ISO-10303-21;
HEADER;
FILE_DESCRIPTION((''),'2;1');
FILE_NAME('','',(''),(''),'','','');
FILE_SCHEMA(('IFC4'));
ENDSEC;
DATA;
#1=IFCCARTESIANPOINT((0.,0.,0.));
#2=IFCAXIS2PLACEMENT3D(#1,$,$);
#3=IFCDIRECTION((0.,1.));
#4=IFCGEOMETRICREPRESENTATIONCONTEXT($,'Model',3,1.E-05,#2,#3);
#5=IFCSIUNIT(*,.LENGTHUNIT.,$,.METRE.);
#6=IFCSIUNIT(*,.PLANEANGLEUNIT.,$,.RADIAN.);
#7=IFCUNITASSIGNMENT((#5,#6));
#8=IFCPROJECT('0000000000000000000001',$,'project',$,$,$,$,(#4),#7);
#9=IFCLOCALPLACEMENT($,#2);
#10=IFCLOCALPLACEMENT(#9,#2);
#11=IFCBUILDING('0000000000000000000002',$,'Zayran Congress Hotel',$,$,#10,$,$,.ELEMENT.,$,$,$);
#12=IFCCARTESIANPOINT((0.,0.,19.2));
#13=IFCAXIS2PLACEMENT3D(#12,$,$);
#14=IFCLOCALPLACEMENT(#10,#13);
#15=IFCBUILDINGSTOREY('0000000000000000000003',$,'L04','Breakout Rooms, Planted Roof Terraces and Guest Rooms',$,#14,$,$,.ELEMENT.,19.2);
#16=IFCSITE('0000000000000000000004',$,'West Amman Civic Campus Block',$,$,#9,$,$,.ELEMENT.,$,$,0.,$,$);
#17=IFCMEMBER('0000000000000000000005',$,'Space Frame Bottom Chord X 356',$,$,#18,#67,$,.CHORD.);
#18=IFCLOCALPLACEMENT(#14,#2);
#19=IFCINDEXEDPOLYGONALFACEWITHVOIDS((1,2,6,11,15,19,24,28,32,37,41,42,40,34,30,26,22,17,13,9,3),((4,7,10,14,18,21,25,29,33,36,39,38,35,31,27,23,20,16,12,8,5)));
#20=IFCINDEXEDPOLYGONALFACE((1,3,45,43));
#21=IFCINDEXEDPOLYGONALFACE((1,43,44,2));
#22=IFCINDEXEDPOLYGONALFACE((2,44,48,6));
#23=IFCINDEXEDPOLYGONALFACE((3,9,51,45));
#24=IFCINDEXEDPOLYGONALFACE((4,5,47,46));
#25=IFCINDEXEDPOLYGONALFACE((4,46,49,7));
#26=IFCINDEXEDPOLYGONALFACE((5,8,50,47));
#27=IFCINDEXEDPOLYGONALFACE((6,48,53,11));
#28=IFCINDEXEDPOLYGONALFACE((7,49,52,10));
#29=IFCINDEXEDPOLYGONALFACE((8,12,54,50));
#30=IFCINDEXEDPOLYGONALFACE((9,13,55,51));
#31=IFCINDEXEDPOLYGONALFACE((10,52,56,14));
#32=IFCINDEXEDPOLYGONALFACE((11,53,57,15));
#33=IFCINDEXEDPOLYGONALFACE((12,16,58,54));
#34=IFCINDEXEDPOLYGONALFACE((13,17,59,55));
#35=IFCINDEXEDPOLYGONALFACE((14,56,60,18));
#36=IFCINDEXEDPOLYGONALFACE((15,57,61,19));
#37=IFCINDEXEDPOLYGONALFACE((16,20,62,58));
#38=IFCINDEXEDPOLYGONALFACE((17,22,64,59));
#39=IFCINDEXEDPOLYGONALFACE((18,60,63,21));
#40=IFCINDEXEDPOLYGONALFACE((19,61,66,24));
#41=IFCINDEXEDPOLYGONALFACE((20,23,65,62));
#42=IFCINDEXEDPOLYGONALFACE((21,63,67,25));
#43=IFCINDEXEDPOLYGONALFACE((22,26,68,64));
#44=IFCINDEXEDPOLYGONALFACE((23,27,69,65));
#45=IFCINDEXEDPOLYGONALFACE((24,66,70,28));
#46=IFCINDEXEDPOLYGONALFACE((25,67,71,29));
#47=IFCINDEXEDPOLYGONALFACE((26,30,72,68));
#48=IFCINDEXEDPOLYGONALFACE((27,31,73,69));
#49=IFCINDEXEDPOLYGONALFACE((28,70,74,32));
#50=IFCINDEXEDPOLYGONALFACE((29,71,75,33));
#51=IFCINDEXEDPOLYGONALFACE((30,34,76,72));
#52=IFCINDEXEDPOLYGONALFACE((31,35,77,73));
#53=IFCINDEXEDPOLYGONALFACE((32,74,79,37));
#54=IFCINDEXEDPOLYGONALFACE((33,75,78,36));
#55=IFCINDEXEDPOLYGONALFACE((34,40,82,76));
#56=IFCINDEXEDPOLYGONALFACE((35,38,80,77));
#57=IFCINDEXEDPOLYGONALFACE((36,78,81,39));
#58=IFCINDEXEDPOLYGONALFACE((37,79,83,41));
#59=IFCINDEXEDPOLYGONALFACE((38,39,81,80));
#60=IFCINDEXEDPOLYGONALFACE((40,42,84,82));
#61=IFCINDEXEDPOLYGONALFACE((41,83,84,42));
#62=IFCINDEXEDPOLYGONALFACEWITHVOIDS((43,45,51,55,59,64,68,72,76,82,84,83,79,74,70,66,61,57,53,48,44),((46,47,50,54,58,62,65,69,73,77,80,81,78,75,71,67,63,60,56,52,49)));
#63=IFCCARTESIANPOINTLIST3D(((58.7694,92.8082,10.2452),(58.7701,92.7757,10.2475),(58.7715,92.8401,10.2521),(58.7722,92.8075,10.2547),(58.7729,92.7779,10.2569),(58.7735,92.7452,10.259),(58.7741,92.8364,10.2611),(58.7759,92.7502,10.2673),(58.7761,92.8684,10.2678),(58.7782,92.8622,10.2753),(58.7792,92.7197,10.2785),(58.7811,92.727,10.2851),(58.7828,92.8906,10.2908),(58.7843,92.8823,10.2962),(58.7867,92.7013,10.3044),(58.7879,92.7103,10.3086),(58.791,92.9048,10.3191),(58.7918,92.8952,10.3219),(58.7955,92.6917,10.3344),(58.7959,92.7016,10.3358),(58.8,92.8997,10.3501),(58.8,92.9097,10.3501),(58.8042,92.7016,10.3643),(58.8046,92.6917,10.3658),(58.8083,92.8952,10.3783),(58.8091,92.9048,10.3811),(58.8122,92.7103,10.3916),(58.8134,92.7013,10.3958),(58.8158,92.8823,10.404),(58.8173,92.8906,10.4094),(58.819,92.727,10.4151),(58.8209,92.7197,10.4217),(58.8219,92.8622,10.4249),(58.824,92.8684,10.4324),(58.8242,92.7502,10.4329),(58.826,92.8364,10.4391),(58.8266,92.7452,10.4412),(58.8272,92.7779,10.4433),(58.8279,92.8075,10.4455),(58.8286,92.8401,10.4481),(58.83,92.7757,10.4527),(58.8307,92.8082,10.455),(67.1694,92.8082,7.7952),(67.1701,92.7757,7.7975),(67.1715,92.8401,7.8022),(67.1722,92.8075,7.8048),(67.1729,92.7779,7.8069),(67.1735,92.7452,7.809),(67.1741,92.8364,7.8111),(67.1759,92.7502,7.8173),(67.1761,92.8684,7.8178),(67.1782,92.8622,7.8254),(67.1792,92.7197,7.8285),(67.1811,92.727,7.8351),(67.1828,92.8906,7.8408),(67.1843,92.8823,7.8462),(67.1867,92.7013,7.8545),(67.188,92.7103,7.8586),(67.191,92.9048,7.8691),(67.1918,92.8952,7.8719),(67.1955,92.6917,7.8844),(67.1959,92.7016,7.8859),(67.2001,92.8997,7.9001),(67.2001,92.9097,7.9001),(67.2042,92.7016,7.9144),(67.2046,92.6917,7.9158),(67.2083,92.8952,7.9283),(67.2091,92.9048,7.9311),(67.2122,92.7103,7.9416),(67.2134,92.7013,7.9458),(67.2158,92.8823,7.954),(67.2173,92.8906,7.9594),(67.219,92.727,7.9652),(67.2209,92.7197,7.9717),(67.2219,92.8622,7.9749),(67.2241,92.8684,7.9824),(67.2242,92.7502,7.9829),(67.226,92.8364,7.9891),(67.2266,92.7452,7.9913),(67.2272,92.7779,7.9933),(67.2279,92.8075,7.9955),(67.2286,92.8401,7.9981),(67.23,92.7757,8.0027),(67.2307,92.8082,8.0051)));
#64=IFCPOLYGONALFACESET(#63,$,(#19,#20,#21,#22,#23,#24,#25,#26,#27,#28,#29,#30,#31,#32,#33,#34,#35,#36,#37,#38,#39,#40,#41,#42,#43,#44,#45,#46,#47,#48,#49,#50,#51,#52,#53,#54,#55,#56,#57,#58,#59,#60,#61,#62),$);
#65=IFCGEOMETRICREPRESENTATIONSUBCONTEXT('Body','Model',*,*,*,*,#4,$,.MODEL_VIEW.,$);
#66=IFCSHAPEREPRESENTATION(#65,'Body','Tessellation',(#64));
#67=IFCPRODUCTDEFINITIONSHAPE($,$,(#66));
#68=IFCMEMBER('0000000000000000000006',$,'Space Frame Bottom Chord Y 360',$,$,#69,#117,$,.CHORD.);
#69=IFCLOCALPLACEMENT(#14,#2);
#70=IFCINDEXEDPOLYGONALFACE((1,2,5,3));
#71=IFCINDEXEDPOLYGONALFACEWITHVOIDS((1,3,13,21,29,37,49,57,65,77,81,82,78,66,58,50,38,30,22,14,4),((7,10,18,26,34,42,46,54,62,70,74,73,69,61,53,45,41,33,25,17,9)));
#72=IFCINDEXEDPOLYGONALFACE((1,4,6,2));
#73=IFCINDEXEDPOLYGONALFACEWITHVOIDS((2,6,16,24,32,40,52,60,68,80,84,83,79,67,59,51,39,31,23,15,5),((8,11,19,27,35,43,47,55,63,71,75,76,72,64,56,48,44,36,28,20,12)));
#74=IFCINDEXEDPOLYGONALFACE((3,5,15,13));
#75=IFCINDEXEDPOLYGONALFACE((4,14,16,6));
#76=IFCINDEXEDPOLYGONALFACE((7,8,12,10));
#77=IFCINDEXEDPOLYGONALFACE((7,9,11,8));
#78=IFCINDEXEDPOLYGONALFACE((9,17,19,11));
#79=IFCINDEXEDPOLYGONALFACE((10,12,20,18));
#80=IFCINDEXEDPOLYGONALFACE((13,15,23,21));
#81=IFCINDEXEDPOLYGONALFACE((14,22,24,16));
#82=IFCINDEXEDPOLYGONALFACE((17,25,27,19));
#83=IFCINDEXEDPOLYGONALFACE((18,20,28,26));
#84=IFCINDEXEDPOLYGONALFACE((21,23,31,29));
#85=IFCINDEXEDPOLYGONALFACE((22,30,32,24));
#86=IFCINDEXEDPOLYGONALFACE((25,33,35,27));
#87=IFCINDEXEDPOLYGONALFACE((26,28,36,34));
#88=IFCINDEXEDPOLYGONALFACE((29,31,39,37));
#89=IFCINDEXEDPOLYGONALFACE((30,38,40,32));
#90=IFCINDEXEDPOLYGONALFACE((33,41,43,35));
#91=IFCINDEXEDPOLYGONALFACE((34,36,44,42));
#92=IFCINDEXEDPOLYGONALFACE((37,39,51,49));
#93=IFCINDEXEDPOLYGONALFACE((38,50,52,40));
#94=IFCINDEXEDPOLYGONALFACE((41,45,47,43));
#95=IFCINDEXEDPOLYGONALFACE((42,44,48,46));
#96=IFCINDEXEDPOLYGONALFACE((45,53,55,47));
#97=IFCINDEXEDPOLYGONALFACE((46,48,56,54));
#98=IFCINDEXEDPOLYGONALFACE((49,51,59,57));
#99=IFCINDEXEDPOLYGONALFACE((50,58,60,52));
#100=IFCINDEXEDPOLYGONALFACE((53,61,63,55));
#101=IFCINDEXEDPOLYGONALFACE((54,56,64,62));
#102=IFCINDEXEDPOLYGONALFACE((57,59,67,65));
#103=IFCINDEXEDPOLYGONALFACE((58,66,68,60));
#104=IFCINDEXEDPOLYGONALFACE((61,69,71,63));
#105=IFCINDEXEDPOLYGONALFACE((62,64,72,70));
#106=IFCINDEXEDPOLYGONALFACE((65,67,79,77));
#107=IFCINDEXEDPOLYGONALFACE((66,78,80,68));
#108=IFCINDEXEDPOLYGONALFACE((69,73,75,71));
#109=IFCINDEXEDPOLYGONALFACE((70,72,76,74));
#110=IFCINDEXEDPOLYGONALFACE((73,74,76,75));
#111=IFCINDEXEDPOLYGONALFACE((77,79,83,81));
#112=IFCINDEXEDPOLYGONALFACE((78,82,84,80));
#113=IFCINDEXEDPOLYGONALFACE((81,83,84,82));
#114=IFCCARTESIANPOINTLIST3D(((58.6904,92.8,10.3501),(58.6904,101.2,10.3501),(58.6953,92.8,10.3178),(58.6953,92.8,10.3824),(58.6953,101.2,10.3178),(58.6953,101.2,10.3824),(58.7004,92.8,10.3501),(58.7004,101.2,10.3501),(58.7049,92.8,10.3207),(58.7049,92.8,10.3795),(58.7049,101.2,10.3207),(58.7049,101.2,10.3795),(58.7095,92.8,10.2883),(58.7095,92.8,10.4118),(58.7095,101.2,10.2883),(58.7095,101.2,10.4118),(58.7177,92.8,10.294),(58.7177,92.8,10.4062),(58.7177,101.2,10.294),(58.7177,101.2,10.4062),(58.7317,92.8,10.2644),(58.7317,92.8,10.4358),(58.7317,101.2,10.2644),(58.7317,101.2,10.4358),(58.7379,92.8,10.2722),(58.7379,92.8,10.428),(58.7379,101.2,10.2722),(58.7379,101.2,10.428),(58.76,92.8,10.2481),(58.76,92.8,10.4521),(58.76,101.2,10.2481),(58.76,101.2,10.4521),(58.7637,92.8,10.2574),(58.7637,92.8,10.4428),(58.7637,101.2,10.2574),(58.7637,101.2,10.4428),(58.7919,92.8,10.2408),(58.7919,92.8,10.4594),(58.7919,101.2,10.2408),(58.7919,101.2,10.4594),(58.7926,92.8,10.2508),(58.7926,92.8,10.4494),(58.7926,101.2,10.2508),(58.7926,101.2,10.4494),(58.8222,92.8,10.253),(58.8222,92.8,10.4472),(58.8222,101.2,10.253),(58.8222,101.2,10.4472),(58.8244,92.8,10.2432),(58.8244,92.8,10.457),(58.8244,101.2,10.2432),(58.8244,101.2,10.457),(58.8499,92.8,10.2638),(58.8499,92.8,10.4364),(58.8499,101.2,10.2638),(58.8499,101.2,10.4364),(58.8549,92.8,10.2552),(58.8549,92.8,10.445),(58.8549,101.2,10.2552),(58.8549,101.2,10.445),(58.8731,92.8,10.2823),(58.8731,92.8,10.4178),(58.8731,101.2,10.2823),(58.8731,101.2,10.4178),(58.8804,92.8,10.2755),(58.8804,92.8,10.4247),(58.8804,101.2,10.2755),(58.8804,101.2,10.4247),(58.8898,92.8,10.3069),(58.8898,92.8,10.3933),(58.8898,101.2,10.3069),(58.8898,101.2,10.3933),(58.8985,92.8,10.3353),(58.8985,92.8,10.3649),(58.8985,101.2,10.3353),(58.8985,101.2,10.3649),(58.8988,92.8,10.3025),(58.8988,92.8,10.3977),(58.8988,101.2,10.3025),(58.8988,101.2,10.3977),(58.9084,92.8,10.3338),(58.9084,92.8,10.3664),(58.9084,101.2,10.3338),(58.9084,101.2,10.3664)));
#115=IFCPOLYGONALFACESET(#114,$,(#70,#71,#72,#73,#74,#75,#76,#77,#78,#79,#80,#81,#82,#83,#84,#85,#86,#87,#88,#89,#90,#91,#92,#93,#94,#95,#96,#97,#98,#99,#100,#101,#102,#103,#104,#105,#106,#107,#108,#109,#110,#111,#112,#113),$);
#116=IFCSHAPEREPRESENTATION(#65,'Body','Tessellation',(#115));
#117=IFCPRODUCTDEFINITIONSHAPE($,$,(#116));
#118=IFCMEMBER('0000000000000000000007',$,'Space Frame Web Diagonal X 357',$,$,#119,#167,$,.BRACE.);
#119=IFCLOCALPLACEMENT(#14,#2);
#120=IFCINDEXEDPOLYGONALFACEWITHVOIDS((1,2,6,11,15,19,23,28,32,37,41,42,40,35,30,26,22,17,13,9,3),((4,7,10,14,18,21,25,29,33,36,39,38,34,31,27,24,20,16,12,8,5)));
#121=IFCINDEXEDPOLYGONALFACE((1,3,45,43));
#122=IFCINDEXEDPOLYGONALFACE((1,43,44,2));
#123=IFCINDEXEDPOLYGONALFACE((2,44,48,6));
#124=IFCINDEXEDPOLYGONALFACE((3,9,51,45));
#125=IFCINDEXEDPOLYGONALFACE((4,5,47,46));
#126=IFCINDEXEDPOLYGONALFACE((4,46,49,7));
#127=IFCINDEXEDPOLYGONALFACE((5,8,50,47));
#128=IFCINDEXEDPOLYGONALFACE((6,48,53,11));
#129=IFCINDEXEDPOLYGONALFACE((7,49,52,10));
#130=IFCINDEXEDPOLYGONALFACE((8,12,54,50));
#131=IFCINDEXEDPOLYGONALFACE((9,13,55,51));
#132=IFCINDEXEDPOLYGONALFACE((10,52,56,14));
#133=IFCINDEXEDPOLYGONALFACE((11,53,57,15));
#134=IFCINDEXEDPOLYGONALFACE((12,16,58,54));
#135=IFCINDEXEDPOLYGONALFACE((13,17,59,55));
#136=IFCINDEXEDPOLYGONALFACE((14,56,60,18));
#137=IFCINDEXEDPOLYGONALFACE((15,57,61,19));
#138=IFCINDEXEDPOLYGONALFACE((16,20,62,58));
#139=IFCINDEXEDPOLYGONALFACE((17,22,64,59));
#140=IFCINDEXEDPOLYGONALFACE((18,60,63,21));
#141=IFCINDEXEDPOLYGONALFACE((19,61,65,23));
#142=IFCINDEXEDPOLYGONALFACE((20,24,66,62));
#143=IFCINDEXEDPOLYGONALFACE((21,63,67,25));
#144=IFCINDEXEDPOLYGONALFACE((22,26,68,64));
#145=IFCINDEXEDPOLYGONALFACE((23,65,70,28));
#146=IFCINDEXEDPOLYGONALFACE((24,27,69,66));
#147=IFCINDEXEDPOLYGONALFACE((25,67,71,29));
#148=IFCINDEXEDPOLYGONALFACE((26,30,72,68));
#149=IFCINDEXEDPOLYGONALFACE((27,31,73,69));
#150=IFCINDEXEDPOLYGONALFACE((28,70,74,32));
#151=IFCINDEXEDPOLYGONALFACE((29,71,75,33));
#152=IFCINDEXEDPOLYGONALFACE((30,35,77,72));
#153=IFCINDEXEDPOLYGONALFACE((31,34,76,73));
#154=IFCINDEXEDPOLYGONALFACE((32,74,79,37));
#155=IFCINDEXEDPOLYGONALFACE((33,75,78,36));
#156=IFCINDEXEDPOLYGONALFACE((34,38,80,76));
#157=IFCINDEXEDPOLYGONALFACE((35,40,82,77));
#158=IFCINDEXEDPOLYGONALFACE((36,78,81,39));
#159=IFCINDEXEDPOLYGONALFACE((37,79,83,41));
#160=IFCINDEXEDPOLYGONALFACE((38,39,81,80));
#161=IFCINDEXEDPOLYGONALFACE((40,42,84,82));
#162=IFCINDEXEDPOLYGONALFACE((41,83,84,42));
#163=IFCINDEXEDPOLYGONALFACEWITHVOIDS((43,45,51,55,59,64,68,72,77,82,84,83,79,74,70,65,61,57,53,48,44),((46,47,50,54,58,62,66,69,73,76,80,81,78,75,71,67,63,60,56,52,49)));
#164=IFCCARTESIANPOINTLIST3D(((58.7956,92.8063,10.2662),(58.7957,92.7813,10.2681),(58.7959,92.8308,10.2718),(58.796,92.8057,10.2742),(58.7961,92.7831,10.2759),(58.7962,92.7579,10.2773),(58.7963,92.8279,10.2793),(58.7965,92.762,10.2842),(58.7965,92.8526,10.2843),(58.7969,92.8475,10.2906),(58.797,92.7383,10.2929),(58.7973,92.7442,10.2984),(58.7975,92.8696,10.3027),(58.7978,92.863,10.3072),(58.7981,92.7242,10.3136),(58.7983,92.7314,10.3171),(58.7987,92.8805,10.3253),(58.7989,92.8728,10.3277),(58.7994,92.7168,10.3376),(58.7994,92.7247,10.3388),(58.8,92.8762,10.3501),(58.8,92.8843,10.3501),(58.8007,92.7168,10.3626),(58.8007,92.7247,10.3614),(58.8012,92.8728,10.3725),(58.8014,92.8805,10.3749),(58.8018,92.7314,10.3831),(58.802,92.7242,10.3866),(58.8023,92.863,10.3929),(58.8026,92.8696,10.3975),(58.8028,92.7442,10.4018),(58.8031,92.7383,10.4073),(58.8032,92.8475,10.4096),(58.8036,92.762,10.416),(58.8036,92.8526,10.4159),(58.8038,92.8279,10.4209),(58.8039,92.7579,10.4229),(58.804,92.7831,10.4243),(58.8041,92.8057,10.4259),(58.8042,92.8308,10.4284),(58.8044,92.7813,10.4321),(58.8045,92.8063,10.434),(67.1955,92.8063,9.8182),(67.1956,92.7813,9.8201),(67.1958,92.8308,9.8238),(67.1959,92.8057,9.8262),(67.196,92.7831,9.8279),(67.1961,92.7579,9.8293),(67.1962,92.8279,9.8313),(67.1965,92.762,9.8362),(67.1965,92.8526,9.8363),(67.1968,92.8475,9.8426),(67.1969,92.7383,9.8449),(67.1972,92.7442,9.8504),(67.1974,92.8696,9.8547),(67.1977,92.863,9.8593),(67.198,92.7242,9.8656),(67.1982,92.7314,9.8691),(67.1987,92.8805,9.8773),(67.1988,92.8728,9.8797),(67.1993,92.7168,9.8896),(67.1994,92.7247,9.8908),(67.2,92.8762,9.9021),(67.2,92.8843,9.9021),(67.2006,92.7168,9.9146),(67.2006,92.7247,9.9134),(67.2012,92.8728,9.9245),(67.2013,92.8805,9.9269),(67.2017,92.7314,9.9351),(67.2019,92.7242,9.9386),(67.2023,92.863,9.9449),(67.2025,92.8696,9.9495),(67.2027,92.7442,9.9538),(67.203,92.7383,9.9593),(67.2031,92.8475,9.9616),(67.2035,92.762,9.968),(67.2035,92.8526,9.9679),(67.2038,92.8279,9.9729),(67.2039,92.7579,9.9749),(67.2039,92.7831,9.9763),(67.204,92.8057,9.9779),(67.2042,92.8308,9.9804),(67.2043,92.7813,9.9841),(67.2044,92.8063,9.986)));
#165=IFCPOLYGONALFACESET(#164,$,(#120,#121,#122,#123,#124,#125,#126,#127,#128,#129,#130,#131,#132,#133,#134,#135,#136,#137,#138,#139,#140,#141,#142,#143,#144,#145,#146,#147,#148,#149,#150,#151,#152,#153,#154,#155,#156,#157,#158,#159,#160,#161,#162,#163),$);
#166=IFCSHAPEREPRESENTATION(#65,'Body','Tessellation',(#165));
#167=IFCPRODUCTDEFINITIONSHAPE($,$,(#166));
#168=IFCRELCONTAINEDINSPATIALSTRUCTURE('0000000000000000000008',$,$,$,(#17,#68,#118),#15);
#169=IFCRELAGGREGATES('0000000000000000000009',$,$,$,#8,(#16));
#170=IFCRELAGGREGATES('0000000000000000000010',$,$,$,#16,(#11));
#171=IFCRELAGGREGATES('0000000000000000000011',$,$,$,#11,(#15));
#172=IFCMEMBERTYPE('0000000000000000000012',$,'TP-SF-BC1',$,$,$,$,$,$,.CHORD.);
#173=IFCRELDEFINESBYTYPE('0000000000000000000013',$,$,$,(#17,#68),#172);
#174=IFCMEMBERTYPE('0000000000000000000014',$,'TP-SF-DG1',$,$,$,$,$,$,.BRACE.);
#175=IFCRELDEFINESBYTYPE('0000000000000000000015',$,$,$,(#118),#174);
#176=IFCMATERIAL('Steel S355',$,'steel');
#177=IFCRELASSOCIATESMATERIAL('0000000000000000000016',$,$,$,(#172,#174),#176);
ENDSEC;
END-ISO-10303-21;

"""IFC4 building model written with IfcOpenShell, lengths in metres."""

from ifc_helpers import new_model, si_unit, direction, frame, origin, origin_2d, place, context, subcontext, project, spatial, hollow_circle, extrude, material, material_profile, profile_set, type_object, element, save


model = new_model("IFC4")

# Units and contexts
model_context = context("Model", 3, precision=1e-05, world=origin(), true_north=direction((0.0, 1.0)))
body_context = subcontext(model_context, "Body", "Model", "MODEL_VIEW")
ifc_project = project(units=[si_unit("LENGTHUNIT", "METRE"), si_unit("PLANEANGLEUNIT", "RADIAN")], contexts=[model_context])

# Site, building, storey
site_placement = place(None, origin())
site = spatial("IfcSite", under=ifc_project, at=site_placement, Name="West Amman Civic Campus Block", CompositionType="ELEMENT", RefElevation=0.0)
building_placement = place(site_placement, origin())
building = spatial("IfcBuilding", under=site, at=building_placement, Name="Zayran Congress Hotel", CompositionType="ELEMENT")
storey_placement = place(building_placement, frame((0.0, 0.0, 19.2)))
storey = spatial("IfcBuildingStorey", under=building, at=storey_placement, Name="L04", Description="Breakout Rooms, Planted Roof Terraces and Guest Rooms", CompositionType="ELEMENT", Elevation=19.2)

# Members
ifc_material_1 = material(Name="Steel S355", Category="steel")
ifc_material_profile_1 = material_profile(ifc_material_1, hollow_circle(Radius=0.1096, WallThickness=0.01, at=origin_2d()), Name="CHS 219.1x10")
ifc_profile_set_1 = profile_set([ifc_material_profile_1], Name="Steel S355")
member_type_1 = type_object("IfcMemberType", Name="TP-SF-BC1", PredefinedType="CHORD", material=ifc_profile_set_1)
member_1_placement = place(storey_placement, frame((58.8, 92.8, 10.3501), z_axis=(0.960001, 0.0, -0.279998), x_axis=(0.0, 1.0, 0.0)))
element("IfcMember", 1, at=member_1_placement, inside=storey, type_object=member_type_1, Name="Space Frame Bottom Chord X 356", PredefinedType="CHORD", context=body_context, shape_type="SweptSolid", body=[
    extrude(hollow_circle(Radius=0.1096, WallThickness=0.01, at=origin_2d()), origin(), (0.0, 0.0, 1.0), 8.75),
])
member_2_placement = place(storey_placement, frame((58.8, 92.8, 10.3501), z_axis=(0.0, 1.0, 0.0), x_axis=(-1.0, 0.0, 0.0)))
element("IfcMember", 2, at=member_2_placement, inside=storey, type_object=member_type_1, Name="Space Frame Bottom Chord Y 360", PredefinedType="CHORD", context=body_context, shape_type="SweptSolid", body=[
    extrude(hollow_circle(Radius=0.1096, WallThickness=0.01, at=origin_2d()), origin(), (0.0, 0.0, 1.0), 8.3999),
])
ifc_material_profile_2 = material_profile(ifc_material_1, hollow_circle(Radius=0.0842, WallThickness=0.0081, at=origin_2d()), Name="CHS 168.3x8")
ifc_profile_set_2 = profile_set([ifc_material_profile_2], Name="Steel S355")
member_type_2 = type_object("IfcMemberType", Name="TP-SF-DG1", PredefinedType="BRACE", material=ifc_profile_set_2)
member_3_placement = place(storey_placement, frame((58.8, 92.8, 10.3501), z_axis=(0.998581, 0.0, -0.053258), x_axis=(0.0, 1.0, 0.0)))
element("IfcMember", 3, at=member_3_placement, inside=storey, type_object=member_type_2, Name="Space Frame Web Diagonal X 357", PredefinedType="BRACE", context=body_context, shape_type="SweptSolid", body=[
    extrude(hollow_circle(Radius=0.0842, WallThickness=0.0081, at=origin_2d()), origin(), (0.0, 0.0, 1.0), 8.4119),
])

save(model, "model.ifc")
